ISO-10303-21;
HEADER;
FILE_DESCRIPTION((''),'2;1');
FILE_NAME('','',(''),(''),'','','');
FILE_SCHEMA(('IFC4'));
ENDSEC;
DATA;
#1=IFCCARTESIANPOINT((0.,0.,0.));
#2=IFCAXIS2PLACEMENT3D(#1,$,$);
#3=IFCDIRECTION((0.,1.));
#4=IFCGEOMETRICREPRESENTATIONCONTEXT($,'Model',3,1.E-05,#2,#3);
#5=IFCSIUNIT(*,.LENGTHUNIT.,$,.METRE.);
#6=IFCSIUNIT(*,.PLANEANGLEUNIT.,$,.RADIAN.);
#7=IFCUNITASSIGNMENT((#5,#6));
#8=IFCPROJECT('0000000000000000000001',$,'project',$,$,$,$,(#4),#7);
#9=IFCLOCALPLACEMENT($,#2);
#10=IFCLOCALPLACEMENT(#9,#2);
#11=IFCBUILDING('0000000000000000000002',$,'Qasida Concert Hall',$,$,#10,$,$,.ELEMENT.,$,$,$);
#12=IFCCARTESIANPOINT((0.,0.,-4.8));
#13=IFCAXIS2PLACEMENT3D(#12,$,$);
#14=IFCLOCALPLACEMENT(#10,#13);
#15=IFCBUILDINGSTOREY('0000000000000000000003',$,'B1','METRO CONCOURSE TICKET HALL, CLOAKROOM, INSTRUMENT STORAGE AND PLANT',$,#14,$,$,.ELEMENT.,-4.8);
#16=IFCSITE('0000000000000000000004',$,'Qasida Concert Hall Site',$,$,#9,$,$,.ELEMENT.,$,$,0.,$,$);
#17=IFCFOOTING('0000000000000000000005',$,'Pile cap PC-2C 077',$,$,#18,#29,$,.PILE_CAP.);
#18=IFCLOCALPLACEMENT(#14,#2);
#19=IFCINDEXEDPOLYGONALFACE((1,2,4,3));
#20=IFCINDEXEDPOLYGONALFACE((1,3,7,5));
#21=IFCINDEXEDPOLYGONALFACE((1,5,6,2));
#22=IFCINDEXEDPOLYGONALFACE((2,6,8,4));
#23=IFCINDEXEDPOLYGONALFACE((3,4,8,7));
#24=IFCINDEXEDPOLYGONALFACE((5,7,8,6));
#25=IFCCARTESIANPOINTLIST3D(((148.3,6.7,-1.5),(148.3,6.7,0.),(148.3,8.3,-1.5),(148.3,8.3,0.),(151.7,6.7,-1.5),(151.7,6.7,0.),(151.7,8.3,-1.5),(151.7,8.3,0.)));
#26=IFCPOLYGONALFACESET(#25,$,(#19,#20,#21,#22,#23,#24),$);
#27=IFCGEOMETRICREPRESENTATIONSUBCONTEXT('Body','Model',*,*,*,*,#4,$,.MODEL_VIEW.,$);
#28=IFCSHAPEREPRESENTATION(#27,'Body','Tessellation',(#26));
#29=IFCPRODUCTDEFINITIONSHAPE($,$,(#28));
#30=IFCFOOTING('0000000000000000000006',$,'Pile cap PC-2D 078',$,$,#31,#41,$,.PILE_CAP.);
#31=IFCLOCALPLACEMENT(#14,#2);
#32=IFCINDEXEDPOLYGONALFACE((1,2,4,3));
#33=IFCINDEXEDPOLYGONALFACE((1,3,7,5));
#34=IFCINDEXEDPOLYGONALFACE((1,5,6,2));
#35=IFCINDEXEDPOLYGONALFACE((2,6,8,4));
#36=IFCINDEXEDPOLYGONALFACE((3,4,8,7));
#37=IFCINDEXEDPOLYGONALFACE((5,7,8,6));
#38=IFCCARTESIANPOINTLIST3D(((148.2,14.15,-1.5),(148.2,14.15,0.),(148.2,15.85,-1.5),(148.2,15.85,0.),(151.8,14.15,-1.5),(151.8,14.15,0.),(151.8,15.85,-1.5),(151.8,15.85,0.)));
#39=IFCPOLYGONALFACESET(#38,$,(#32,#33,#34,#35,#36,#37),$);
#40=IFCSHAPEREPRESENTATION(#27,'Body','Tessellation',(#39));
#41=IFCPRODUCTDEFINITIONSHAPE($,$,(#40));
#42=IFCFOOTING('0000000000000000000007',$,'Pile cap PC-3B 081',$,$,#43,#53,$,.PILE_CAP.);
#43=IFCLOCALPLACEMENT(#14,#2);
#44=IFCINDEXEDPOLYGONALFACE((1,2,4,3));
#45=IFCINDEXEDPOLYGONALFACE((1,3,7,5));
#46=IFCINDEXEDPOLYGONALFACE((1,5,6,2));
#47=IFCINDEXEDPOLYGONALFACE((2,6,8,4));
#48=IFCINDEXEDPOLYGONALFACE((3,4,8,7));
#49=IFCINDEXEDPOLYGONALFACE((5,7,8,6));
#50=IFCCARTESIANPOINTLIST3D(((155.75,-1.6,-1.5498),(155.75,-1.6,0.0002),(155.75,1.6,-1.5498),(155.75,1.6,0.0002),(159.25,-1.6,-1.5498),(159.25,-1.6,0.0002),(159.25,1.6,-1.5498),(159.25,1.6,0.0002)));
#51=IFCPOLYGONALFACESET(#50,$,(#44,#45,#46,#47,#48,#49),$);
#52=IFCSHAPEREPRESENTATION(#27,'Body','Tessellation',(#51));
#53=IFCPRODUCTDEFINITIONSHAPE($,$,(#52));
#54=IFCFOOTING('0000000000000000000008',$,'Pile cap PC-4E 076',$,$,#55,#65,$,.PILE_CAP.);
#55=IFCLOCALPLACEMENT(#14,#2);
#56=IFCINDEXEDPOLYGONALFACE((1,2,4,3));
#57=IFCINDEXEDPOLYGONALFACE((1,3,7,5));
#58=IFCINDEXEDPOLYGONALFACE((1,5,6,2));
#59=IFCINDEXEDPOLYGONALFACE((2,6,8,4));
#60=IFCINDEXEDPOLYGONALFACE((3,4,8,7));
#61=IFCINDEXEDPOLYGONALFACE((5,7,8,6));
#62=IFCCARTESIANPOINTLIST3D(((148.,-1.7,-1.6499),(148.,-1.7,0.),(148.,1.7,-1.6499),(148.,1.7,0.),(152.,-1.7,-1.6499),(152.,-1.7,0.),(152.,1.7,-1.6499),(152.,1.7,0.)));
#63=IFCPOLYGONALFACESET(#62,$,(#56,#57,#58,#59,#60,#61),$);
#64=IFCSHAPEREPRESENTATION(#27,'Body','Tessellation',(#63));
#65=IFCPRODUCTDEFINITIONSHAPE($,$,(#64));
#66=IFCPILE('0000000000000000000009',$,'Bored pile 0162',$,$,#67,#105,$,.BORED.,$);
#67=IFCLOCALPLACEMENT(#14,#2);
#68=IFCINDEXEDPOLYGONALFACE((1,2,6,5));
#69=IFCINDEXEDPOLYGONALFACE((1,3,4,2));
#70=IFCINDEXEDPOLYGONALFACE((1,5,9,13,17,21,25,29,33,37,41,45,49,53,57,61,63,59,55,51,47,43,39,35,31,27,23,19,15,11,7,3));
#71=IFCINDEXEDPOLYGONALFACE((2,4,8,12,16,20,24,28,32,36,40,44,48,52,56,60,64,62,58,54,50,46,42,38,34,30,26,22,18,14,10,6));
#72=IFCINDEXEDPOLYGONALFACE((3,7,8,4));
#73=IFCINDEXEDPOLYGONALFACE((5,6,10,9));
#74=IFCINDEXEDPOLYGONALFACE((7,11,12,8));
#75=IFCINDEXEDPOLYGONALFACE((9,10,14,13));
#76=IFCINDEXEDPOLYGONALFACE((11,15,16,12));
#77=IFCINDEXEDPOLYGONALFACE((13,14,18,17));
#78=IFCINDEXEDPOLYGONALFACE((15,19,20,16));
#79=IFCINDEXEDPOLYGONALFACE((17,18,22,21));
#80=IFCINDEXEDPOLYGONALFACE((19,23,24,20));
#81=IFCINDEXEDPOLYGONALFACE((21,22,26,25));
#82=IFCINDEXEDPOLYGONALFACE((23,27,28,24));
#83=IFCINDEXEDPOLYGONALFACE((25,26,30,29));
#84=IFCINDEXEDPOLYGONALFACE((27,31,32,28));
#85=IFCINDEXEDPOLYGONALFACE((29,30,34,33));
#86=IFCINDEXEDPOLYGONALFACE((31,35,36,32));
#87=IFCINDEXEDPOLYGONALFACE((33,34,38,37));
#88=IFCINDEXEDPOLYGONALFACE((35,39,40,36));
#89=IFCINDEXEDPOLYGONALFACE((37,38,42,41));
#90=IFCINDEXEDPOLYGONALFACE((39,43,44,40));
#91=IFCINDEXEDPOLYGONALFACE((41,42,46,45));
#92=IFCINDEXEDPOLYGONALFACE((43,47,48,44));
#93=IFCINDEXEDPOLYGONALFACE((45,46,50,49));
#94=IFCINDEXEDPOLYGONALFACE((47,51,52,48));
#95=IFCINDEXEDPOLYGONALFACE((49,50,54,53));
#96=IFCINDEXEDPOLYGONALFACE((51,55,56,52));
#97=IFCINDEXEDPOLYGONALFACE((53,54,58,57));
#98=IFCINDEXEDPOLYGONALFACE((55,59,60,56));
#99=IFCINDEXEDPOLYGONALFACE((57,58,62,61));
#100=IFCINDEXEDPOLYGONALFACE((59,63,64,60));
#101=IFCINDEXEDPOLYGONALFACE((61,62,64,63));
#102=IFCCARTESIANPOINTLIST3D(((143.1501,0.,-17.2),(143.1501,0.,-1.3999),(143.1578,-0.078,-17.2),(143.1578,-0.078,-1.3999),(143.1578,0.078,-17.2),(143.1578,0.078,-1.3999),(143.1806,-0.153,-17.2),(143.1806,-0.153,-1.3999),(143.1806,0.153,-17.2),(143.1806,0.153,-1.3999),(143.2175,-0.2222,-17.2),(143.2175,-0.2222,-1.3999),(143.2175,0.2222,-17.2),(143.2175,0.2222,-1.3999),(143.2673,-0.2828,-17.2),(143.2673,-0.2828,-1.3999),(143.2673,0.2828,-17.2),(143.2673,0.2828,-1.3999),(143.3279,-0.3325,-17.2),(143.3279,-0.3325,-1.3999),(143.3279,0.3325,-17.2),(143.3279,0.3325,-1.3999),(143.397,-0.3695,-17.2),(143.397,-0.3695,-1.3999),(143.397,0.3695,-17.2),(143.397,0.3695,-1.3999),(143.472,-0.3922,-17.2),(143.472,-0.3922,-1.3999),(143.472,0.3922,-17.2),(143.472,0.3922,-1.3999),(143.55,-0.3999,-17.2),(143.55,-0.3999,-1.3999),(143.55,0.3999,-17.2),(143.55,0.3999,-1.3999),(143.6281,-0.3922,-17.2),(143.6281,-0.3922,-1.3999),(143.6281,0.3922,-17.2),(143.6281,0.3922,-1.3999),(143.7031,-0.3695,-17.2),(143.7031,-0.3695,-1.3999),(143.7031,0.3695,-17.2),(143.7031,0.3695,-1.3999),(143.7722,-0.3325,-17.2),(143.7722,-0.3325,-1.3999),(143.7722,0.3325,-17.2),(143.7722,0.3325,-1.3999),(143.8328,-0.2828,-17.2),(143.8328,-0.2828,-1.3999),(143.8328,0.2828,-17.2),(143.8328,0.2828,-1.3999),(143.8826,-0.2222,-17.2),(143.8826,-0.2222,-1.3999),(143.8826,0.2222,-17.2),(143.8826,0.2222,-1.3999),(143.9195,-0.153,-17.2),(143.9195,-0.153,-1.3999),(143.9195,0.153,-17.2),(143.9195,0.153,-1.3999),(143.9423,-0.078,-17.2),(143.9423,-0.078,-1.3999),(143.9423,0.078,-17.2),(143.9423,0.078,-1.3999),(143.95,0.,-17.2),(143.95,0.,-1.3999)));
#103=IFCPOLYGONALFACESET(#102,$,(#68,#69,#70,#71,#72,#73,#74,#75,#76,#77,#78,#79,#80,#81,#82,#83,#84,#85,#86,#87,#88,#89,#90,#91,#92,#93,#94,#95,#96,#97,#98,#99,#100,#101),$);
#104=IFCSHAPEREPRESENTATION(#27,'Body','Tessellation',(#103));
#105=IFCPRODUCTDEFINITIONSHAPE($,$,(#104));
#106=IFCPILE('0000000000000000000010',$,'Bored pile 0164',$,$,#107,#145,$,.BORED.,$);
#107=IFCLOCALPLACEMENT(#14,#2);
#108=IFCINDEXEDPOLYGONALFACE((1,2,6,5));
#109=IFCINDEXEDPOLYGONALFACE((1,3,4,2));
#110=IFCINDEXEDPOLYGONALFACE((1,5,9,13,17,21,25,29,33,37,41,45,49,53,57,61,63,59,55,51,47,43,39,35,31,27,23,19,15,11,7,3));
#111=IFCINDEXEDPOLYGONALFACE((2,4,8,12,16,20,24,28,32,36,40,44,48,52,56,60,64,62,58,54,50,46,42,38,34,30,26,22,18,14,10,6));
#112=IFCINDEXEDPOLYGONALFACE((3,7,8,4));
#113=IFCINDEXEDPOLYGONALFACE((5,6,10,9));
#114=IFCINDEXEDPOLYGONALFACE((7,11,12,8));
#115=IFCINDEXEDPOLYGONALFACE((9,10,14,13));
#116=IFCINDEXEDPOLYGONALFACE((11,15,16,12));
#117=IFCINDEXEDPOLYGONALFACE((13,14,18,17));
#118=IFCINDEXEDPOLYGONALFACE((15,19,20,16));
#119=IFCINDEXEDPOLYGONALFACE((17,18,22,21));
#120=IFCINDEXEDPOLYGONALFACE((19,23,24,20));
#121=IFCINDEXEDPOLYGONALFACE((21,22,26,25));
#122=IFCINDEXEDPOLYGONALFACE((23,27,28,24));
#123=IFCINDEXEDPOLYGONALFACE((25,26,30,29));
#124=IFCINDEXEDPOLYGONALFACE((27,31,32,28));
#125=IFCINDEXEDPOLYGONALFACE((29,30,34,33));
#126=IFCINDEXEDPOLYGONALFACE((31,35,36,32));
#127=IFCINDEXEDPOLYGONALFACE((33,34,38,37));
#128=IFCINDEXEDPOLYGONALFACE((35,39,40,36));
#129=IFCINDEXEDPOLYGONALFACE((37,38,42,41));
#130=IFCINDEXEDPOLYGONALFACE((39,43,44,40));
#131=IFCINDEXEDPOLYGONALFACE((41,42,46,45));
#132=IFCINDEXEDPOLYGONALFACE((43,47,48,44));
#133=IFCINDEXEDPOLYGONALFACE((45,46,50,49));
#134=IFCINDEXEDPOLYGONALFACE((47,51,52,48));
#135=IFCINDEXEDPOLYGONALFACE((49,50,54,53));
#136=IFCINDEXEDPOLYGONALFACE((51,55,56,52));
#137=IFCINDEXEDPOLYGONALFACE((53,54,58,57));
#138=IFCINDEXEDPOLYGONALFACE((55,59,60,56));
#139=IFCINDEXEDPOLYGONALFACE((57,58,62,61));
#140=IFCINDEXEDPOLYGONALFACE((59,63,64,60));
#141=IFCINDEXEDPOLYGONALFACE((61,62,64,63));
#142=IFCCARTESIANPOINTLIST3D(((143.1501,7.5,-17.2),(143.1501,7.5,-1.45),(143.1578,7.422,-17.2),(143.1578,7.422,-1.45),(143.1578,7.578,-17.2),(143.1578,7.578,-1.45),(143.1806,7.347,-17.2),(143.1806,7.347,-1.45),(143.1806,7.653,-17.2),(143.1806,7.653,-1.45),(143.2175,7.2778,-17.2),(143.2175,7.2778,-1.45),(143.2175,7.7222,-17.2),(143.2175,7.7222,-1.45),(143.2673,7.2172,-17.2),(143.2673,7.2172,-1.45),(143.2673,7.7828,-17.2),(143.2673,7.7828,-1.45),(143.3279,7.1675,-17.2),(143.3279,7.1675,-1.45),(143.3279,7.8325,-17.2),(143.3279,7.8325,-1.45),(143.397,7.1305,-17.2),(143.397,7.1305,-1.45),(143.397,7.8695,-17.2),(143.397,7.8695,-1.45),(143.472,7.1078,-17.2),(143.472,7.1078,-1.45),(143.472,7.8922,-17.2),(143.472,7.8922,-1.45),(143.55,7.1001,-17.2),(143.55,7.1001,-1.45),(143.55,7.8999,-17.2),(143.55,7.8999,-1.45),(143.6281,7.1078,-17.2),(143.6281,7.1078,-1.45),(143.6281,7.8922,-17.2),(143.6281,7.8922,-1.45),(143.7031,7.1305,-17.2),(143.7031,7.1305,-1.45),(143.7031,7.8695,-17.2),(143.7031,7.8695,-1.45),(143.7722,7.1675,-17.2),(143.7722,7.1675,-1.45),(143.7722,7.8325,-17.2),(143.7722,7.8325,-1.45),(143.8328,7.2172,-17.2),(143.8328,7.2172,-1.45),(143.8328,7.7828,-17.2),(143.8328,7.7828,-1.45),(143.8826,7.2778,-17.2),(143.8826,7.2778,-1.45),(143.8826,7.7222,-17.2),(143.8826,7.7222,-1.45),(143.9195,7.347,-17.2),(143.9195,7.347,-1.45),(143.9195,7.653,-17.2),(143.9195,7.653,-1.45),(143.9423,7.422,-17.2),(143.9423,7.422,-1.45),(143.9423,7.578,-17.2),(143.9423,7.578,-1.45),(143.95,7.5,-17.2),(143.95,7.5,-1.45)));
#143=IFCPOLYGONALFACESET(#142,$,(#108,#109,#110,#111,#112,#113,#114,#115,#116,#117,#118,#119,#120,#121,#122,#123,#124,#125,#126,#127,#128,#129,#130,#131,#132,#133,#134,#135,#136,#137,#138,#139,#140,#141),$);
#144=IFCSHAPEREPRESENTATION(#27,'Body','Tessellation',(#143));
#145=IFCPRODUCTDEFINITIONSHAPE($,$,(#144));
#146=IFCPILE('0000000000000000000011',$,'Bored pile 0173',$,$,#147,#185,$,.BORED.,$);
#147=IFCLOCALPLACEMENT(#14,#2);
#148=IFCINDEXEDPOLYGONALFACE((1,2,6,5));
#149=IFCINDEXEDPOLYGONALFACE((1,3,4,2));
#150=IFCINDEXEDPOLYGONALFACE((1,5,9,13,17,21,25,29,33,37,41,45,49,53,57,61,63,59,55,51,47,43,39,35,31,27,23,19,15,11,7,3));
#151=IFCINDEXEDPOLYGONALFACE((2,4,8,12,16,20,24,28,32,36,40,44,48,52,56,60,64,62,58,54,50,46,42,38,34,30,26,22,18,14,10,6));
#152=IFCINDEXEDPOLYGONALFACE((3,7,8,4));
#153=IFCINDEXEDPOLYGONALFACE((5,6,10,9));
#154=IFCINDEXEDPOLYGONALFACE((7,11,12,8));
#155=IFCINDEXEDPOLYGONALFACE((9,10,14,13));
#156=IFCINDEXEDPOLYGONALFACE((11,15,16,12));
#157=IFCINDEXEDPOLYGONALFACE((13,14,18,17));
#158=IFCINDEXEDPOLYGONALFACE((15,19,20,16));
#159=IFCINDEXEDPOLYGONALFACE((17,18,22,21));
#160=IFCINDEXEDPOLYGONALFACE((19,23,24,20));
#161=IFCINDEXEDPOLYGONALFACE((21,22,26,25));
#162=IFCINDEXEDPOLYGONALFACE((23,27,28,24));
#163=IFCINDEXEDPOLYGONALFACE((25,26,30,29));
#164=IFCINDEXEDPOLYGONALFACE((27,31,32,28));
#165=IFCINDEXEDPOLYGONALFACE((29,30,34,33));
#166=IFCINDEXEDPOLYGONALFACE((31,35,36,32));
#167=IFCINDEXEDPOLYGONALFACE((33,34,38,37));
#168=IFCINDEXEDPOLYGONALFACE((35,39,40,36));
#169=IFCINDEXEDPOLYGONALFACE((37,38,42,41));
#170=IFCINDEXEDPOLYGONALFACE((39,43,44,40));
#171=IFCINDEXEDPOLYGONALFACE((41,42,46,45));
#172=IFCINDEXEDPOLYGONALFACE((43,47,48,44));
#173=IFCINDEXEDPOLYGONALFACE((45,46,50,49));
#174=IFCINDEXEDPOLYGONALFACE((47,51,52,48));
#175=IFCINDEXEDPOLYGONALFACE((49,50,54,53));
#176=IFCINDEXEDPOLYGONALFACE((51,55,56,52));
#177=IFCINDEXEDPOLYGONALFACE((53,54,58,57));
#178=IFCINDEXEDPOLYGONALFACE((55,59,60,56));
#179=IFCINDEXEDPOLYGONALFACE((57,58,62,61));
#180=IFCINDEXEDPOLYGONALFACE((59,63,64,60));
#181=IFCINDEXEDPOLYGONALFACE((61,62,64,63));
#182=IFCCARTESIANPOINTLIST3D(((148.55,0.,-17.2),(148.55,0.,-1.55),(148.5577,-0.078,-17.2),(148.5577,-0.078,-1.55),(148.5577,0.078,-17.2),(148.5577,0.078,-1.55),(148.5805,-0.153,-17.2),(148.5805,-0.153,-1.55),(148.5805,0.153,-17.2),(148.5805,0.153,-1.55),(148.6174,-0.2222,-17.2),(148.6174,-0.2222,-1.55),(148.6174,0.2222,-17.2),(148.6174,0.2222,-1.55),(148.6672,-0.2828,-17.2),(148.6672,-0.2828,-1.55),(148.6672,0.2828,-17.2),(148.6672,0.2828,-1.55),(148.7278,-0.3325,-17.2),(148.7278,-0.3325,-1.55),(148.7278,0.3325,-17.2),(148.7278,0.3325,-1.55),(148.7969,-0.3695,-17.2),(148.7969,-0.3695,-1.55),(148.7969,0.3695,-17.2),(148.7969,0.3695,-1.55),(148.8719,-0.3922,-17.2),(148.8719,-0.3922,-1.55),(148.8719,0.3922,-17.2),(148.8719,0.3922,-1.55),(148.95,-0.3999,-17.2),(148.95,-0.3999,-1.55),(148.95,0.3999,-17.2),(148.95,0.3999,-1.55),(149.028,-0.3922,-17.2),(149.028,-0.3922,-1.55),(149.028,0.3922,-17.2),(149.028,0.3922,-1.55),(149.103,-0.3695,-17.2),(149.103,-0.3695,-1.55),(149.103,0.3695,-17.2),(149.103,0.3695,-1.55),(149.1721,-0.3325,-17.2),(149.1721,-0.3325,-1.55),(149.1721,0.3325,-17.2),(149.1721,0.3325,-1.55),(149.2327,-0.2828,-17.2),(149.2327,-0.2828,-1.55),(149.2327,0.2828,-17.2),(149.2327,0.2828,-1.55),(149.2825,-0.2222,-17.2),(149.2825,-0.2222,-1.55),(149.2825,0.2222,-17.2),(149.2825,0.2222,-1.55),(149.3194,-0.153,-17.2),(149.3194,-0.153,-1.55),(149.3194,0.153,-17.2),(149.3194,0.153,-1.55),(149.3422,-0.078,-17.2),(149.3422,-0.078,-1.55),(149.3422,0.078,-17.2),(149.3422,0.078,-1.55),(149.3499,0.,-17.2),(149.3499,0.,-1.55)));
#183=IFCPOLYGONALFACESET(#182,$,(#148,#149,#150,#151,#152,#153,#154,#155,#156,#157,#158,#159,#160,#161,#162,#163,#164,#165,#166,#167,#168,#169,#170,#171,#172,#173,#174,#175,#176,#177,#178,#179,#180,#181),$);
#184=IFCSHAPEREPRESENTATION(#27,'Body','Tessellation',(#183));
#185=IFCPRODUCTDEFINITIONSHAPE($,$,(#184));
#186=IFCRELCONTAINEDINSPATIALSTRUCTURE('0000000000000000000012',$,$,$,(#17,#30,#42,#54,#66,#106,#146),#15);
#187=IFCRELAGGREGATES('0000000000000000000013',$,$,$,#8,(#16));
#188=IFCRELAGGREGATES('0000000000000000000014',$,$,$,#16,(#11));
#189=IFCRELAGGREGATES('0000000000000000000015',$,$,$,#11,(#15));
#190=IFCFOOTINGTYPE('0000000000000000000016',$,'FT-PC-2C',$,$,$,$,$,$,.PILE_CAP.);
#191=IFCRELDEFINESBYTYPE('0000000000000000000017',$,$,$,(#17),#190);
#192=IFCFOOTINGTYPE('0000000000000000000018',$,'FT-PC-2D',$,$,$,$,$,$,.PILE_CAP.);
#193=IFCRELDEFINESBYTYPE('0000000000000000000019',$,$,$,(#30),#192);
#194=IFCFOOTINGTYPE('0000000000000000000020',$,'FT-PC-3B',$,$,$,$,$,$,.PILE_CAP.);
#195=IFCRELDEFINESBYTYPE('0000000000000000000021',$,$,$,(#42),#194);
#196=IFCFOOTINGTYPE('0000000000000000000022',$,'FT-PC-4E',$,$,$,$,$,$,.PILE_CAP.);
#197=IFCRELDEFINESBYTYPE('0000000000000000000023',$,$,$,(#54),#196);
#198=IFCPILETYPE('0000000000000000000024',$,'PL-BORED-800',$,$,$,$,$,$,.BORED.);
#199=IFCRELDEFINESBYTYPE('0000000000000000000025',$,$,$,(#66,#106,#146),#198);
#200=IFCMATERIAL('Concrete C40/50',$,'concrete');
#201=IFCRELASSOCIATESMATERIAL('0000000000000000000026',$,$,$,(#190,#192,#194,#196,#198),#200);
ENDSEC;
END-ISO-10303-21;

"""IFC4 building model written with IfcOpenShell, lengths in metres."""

from ifc_helpers import new_model, si_unit, direction, frame, origin, origin_2d, place, context, subcontext, project, spatial, rectangle, circle, extrude, material, material_profile, profile_set, type_object, element, save


model = new_model("IFC4")

# Units and contexts
model_context = context("Model", 3, precision=1e-05, world=origin(), true_north=direction((0.0, 1.0)))
body_context = subcontext(model_context, "Body", "Model", "MODEL_VIEW")
ifc_project = project(units=[si_unit("LENGTHUNIT", "METRE"), si_unit("PLANEANGLEUNIT", "RADIAN")], contexts=[model_context])

# Site, building, storey
site_placement = place(None, origin())
site = spatial("IfcSite", under=ifc_project, at=site_placement, Name="Qasida Concert Hall Site", CompositionType="ELEMENT", RefElevation=0.0)
building_placement = place(site_placement, origin())
building = spatial("IfcBuilding", under=site, at=building_placement, Name="Qasida Concert Hall", CompositionType="ELEMENT")
storey_placement = place(building_placement, frame((0.0, 0.0, -4.8)))
storey = spatial("IfcBuildingStorey", under=building, at=storey_placement, Name="B1", Description="METRO CONCOURSE TICKET HALL, CLOAKROOM, INSTRUMENT STORAGE AND PLANT", CompositionType="ELEMENT", Elevation=-4.8)

# Footings
ifc_material_1 = material(Name="Concrete C40/50", Category="concrete")
footing_type_1 = type_object("IfcFootingType", Name="FT-PC-2C", PredefinedType="PILE_CAP", material=ifc_material_1)
footing_1_placement = place(storey_placement, frame((150.0, 7.5, -1.5), z_axis=(0.0, 0.0, 1.0), x_axis=(1.0, 0.0, 0.0)))
element("IfcFooting", 1, at=footing_1_placement, inside=storey, type_object=footing_type_1, Name="Pile cap PC-2C 077", PredefinedType="PILE_CAP", context=body_context, shape_type="SweptSolid", body=[
    extrude(rectangle(XDim=3.3999, YDim=1.6001, at=origin_2d()), origin(), (0.0, 0.0, 1.0), 1.5),
])
footing_type_2 = type_object("IfcFootingType", Name="FT-PC-2D", PredefinedType="PILE_CAP", material=ifc_material_1)
footing_2_placement = place(storey_placement, frame((150.0, 15.0, -1.5), z_axis=(0.0, 0.0, 1.0), x_axis=(1.0, 0.0, 0.0)))
element("IfcFooting", 2, at=footing_2_placement, inside=storey, type_object=footing_type_2, Name="Pile cap PC-2D 078", PredefinedType="PILE_CAP", context=body_context, shape_type="SweptSolid", body=[
    extrude(rectangle(XDim=3.6001, YDim=1.7, at=origin_2d()), origin(), (0.0, 0.0, 1.0), 1.5),
])
footing_type_3 = type_object("IfcFootingType", Name="FT-PC-3B", PredefinedType="PILE_CAP", material=ifc_material_1)
footing_3_placement = place(storey_placement, frame((157.5, 0.0, -1.5498), z_axis=(0.0, 0.0, 1.0), x_axis=(1.0, 0.0, 0.0)))
element("IfcFooting", 3, at=footing_3_placement, inside=storey, type_object=footing_type_3, Name="Pile cap PC-3B 081", PredefinedType="PILE_CAP", context=body_context, shape_type="SweptSolid", body=[
    extrude(rectangle(XDim=3.5, YDim=3.2, at=origin_2d()), origin(), (0.0, 0.0, 1.0), 1.55),
])
footing_type_4 = type_object("IfcFootingType", Name="FT-PC-4E", PredefinedType="PILE_CAP", material=ifc_material_1)
footing_4_placement = place(storey_placement, frame((150.0, 0.0, -1.6499), z_axis=(0.0, 0.0, 1.0), x_axis=(1.0, 0.0, 0.0)))
element("IfcFooting", 4, at=footing_4_placement, inside=storey, type_object=footing_type_4, Name="Pile cap PC-4E 076", PredefinedType="PILE_CAP", context=body_context, shape_type="SweptSolid", body=[
    extrude(rectangle(XDim=4.0, YDim=3.3999, at=origin_2d()), origin(), (0.0, 0.0, 1.0), 1.6499),
])

# Piles
ifc_material_profile_1 = material_profile(ifc_material_1, circle(Radius=0.3999, at=origin_2d()), Name="BORED PILE D800")
ifc_profile_set_1 = profile_set([ifc_material_profile_1], Name="Concrete C40/50")
pile_type = type_object("IfcPileType", Name="PL-BORED-800", PredefinedType="BORED", material=ifc_profile_set_1)
pile_1_placement = place(storey_placement, frame((143.55, 0.0, -1.3999), z_axis=(0.0, 0.0, -1.0), x_axis=(1.0, 0.0, 0.0)))
element("IfcPile", 5, at=pile_1_placement, inside=storey, type_object=pile_type, Name="Bored pile 0162", PredefinedType="BORED", context=body_context, shape_type="SweptSolid", body=[
    extrude(circle(Radius=0.3999, at=origin_2d()), origin(), (0.0, 0.0, 1.0), 15.8),
])
pile_2_placement = place(storey_placement, frame((143.55, 7.5, -1.45), z_axis=(0.0, 0.0, -1.0), x_axis=(1.0, 0.0, 0.0)))
element("IfcPile", 6, at=pile_2_placement, inside=storey, type_object=pile_type, Name="Bored pile 0164", PredefinedType="BORED", context=body_context, shape_type="SweptSolid", body=[
    extrude(circle(Radius=0.3999, at=origin_2d()), origin(), (0.0, 0.0, 1.0), 15.75),
])
for number, where, z_axis, x_axis, name in (
    (7, (148.95, 0.0, -1.55), (0.0, 0.0, -1.0), (1.0, 0.0, 0.0), "Bored pile 0173"),
):
    element("IfcPile", number, at=place(storey_placement, frame(where, z_axis=z_axis, x_axis=x_axis)), inside=storey, type_object=pile_type, Name=name, PredefinedType="BORED", context=body_context, shape_type="SweptSolid", body=[
        extrude(circle(Radius=0.3999, at=origin_2d()), origin(), (0.0, 0.0, 1.0), 15.6499),
    ])

save(model, "model.ifc")
